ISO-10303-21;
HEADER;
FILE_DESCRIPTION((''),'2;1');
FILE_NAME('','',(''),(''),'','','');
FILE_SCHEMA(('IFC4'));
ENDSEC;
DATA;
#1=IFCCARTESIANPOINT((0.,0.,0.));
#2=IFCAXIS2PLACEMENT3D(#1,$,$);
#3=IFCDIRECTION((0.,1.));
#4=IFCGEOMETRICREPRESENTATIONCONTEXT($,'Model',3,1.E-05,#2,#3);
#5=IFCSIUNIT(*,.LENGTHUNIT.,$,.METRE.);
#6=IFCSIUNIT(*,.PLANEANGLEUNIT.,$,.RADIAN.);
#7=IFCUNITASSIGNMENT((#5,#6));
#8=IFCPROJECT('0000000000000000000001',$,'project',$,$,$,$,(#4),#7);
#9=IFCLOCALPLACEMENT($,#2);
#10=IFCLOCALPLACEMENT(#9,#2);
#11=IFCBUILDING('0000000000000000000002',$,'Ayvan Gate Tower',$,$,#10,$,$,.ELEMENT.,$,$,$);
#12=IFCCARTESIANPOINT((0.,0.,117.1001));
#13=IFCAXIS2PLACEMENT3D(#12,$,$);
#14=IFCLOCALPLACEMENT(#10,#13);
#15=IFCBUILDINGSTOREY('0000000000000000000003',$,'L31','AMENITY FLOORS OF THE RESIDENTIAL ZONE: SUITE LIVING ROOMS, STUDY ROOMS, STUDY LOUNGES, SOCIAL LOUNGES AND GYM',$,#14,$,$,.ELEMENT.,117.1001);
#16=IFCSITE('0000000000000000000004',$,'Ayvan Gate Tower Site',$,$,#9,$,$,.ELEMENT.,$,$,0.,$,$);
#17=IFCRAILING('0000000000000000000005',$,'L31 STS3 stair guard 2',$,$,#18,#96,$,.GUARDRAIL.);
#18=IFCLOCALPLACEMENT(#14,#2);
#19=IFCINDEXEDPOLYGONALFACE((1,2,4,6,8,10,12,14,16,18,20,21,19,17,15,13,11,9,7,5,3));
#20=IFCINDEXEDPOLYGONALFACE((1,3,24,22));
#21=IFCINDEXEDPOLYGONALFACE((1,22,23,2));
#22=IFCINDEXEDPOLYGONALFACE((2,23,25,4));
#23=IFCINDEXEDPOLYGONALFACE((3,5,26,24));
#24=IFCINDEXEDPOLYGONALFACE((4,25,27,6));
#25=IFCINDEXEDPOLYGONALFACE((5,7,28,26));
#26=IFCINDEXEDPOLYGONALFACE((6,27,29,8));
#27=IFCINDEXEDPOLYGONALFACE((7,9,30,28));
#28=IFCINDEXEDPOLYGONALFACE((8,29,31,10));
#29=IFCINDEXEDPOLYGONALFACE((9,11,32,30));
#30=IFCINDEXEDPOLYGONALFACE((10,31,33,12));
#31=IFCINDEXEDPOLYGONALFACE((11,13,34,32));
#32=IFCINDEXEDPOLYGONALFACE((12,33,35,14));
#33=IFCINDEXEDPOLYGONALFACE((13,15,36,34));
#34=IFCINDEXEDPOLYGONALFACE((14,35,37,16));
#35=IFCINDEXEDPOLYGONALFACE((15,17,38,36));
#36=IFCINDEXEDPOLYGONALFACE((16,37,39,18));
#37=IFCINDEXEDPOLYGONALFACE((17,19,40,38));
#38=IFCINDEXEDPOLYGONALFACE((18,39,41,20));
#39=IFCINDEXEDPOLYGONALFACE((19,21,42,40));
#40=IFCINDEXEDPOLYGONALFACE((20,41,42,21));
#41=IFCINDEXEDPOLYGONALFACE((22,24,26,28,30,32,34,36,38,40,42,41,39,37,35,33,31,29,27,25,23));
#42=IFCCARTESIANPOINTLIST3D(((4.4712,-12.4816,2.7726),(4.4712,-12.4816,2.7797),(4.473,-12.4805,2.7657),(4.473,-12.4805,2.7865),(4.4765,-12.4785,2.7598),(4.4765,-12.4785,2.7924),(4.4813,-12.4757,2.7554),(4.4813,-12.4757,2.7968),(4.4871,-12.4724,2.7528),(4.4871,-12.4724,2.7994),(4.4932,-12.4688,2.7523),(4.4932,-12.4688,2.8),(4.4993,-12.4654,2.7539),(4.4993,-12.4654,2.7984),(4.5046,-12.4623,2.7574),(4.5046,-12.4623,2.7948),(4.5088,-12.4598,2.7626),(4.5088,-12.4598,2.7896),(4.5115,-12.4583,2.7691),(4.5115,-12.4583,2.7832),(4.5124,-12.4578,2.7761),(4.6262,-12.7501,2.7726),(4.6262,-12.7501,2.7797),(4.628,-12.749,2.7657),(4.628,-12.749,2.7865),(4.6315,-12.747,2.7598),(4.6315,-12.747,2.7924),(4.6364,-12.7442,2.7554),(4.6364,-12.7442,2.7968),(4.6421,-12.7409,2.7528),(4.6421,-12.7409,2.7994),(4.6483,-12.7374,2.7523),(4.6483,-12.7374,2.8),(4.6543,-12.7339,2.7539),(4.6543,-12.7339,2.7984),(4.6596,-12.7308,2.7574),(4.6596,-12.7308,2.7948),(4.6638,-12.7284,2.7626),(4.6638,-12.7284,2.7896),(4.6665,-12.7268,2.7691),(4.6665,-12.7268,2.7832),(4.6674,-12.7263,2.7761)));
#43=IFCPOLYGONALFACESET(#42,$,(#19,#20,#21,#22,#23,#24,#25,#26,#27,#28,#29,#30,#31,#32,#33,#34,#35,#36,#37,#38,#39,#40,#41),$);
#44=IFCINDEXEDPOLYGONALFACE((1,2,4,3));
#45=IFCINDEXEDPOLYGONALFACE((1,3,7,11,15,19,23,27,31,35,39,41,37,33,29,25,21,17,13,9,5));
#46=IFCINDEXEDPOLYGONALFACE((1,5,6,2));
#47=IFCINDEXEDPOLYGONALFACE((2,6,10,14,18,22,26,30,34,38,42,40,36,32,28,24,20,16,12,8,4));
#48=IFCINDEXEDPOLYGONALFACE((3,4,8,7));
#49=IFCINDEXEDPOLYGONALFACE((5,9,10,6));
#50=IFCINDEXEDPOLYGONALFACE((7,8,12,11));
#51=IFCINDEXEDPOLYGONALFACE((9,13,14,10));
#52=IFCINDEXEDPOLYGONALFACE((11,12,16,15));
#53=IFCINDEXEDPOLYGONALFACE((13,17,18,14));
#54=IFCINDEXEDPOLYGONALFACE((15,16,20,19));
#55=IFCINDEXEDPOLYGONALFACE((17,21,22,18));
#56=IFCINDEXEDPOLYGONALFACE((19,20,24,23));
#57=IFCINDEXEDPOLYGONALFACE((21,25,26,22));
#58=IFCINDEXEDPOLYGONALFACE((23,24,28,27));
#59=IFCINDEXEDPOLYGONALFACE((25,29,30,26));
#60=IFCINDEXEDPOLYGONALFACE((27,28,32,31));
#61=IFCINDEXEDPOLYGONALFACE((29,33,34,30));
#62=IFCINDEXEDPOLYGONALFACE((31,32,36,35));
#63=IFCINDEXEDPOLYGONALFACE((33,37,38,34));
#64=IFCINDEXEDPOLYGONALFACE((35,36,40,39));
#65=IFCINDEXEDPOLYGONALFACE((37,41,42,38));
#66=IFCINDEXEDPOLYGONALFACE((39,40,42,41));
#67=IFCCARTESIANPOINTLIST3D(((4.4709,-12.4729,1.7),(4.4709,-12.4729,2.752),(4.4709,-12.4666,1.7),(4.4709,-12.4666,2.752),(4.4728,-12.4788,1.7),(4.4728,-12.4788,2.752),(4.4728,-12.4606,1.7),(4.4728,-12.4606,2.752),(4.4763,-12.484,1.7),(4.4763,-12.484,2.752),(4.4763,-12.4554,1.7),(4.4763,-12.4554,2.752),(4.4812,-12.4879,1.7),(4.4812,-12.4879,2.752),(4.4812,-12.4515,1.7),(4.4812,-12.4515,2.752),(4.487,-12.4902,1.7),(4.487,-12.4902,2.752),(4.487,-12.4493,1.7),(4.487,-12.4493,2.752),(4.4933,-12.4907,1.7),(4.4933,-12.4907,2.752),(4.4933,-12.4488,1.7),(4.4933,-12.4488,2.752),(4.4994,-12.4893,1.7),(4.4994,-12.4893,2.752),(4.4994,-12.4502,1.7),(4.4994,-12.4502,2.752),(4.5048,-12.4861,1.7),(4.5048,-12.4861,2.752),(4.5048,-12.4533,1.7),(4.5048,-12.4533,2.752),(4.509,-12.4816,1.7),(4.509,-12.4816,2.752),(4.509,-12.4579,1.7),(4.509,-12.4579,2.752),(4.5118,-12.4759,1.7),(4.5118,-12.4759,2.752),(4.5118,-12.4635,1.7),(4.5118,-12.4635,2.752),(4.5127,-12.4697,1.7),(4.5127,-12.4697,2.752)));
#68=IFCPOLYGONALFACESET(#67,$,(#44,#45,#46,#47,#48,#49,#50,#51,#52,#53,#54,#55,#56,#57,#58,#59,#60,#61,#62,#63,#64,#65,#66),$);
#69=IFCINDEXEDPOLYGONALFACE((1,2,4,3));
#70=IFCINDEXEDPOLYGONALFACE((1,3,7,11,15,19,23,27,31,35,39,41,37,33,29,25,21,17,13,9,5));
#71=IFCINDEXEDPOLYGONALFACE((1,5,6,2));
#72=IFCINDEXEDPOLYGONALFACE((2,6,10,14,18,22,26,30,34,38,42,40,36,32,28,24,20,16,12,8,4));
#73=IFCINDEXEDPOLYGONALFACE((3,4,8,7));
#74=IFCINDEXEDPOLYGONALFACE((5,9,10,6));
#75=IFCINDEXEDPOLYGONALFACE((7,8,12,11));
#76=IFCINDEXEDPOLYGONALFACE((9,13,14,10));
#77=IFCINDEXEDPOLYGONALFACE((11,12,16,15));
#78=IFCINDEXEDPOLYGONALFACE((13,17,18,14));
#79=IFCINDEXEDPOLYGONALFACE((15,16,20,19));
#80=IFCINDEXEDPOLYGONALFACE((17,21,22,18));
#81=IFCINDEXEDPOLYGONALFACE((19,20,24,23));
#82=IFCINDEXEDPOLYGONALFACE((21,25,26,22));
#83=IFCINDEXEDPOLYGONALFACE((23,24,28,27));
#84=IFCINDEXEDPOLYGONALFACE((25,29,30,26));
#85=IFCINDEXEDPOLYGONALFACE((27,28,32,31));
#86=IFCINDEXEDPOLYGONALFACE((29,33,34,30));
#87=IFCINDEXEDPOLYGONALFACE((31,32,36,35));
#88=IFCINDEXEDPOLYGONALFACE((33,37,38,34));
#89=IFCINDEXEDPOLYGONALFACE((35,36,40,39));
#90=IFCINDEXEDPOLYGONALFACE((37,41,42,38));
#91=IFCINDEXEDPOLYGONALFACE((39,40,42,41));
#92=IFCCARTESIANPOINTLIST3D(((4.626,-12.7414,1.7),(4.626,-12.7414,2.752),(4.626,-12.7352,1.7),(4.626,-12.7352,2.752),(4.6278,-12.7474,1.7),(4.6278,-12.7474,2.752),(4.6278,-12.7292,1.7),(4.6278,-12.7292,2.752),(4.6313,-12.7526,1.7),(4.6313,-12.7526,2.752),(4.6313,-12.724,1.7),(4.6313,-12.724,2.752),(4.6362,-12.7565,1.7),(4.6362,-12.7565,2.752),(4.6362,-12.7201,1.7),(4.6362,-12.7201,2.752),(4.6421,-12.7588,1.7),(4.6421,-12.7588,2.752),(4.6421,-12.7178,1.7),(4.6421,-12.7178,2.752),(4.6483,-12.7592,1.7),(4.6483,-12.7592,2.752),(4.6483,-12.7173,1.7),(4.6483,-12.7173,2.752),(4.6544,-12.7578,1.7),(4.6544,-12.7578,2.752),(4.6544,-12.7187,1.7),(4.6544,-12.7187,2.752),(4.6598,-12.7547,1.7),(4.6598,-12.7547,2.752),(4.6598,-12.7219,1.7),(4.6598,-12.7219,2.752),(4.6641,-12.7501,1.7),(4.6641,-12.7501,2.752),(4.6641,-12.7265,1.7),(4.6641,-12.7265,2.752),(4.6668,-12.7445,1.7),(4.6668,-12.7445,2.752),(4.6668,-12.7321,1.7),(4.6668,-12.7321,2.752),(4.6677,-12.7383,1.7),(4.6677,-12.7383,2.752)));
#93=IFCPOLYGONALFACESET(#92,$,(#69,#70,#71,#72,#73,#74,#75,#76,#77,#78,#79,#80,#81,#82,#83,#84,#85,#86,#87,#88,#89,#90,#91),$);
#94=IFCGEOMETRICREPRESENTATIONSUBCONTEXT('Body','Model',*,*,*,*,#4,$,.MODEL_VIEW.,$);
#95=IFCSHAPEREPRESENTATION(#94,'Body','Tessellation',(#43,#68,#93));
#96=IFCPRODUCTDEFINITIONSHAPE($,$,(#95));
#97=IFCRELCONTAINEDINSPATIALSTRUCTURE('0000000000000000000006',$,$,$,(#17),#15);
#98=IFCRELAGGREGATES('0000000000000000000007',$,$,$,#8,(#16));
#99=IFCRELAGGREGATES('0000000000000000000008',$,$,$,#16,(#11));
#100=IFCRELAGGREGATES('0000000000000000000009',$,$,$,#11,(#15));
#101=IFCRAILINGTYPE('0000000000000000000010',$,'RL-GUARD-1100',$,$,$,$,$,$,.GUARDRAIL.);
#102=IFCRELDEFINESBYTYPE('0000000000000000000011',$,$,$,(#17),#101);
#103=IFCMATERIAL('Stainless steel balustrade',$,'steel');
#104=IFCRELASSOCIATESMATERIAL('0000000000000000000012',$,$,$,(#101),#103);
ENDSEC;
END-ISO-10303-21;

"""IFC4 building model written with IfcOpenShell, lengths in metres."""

from ifc_helpers import new_model, si_unit, direction, frame, origin, origin_2d, place, context, subcontext, project, spatial, circle, extrude, material, type_object, element, save


model = new_model("IFC4")

# Units and contexts
model_context = context("Model", 3, precision=1e-05, world=origin(), true_north=direction((0.0, 1.0)))
body_context = subcontext(model_context, "Body", "Model", "MODEL_VIEW")
ifc_project = project(units=[si_unit("LENGTHUNIT", "METRE"), si_unit("PLANEANGLEUNIT", "RADIAN")], contexts=[model_context])

# Site, building, storey
site_placement = place(None, origin())
site = spatial("IfcSite", under=ifc_project, at=site_placement, Name="Ayvan Gate Tower Site", CompositionType="ELEMENT", RefElevation=0.0)
building_placement = place(site_placement, origin())
building = spatial("IfcBuilding", under=site, at=building_placement, Name="Ayvan Gate Tower", CompositionType="ELEMENT")
storey_placement = place(building_placement, frame((0.0, 0.0, 117.1001)))
storey = spatial("IfcBuildingStorey", under=building, at=storey_placement, Name="L31", Description="AMENITY FLOORS OF THE RESIDENTIAL ZONE: SUITE LIVING ROOMS, STUDY ROOMS, STUDY LOUNGES, SOCIAL LOUNGES AND GYM", CompositionType="ELEMENT", Elevation=117.1001)

# Railing
ifc_material_1 = material(Name="Stainless steel balustrade", Category="steel")
railing_type_1 = type_object("IfcRailingType", Name="RL-GUARD-1100", PredefinedType="GUARDRAIL", material=ifc_material_1)
railing_1_placement = place(storey_placement, frame((4.4917, -12.4697, 1.7)))
element("IfcRailing", 1, at=railing_1_placement, inside=storey, type_object=railing_type_1, Name="L31 STS3 stair guard 2", PredefinedType="GUARDRAIL", context=body_context, shape_type="SweptSolid", body=[
    extrude(circle(Radius=0.0239, at=origin_2d()), frame((0.0, 0.0, 1.0762), z_axis=(0.49995, -0.866054, 0.0), x_axis=(0.866054, 0.49995, 0.0)), (0.0, 0.0, 1.0), 0.3101),
    extrude(circle(Radius=0.021, at=origin_2d()), origin(), (0.0, 0.0, 1.0), 1.052),
    extrude(circle(Radius=0.021, at=origin_2d()), frame((0.155, -0.2686, 0.0)), (0.0, 0.0, 1.0), 1.052),
])

save(model, "model.ifc")
